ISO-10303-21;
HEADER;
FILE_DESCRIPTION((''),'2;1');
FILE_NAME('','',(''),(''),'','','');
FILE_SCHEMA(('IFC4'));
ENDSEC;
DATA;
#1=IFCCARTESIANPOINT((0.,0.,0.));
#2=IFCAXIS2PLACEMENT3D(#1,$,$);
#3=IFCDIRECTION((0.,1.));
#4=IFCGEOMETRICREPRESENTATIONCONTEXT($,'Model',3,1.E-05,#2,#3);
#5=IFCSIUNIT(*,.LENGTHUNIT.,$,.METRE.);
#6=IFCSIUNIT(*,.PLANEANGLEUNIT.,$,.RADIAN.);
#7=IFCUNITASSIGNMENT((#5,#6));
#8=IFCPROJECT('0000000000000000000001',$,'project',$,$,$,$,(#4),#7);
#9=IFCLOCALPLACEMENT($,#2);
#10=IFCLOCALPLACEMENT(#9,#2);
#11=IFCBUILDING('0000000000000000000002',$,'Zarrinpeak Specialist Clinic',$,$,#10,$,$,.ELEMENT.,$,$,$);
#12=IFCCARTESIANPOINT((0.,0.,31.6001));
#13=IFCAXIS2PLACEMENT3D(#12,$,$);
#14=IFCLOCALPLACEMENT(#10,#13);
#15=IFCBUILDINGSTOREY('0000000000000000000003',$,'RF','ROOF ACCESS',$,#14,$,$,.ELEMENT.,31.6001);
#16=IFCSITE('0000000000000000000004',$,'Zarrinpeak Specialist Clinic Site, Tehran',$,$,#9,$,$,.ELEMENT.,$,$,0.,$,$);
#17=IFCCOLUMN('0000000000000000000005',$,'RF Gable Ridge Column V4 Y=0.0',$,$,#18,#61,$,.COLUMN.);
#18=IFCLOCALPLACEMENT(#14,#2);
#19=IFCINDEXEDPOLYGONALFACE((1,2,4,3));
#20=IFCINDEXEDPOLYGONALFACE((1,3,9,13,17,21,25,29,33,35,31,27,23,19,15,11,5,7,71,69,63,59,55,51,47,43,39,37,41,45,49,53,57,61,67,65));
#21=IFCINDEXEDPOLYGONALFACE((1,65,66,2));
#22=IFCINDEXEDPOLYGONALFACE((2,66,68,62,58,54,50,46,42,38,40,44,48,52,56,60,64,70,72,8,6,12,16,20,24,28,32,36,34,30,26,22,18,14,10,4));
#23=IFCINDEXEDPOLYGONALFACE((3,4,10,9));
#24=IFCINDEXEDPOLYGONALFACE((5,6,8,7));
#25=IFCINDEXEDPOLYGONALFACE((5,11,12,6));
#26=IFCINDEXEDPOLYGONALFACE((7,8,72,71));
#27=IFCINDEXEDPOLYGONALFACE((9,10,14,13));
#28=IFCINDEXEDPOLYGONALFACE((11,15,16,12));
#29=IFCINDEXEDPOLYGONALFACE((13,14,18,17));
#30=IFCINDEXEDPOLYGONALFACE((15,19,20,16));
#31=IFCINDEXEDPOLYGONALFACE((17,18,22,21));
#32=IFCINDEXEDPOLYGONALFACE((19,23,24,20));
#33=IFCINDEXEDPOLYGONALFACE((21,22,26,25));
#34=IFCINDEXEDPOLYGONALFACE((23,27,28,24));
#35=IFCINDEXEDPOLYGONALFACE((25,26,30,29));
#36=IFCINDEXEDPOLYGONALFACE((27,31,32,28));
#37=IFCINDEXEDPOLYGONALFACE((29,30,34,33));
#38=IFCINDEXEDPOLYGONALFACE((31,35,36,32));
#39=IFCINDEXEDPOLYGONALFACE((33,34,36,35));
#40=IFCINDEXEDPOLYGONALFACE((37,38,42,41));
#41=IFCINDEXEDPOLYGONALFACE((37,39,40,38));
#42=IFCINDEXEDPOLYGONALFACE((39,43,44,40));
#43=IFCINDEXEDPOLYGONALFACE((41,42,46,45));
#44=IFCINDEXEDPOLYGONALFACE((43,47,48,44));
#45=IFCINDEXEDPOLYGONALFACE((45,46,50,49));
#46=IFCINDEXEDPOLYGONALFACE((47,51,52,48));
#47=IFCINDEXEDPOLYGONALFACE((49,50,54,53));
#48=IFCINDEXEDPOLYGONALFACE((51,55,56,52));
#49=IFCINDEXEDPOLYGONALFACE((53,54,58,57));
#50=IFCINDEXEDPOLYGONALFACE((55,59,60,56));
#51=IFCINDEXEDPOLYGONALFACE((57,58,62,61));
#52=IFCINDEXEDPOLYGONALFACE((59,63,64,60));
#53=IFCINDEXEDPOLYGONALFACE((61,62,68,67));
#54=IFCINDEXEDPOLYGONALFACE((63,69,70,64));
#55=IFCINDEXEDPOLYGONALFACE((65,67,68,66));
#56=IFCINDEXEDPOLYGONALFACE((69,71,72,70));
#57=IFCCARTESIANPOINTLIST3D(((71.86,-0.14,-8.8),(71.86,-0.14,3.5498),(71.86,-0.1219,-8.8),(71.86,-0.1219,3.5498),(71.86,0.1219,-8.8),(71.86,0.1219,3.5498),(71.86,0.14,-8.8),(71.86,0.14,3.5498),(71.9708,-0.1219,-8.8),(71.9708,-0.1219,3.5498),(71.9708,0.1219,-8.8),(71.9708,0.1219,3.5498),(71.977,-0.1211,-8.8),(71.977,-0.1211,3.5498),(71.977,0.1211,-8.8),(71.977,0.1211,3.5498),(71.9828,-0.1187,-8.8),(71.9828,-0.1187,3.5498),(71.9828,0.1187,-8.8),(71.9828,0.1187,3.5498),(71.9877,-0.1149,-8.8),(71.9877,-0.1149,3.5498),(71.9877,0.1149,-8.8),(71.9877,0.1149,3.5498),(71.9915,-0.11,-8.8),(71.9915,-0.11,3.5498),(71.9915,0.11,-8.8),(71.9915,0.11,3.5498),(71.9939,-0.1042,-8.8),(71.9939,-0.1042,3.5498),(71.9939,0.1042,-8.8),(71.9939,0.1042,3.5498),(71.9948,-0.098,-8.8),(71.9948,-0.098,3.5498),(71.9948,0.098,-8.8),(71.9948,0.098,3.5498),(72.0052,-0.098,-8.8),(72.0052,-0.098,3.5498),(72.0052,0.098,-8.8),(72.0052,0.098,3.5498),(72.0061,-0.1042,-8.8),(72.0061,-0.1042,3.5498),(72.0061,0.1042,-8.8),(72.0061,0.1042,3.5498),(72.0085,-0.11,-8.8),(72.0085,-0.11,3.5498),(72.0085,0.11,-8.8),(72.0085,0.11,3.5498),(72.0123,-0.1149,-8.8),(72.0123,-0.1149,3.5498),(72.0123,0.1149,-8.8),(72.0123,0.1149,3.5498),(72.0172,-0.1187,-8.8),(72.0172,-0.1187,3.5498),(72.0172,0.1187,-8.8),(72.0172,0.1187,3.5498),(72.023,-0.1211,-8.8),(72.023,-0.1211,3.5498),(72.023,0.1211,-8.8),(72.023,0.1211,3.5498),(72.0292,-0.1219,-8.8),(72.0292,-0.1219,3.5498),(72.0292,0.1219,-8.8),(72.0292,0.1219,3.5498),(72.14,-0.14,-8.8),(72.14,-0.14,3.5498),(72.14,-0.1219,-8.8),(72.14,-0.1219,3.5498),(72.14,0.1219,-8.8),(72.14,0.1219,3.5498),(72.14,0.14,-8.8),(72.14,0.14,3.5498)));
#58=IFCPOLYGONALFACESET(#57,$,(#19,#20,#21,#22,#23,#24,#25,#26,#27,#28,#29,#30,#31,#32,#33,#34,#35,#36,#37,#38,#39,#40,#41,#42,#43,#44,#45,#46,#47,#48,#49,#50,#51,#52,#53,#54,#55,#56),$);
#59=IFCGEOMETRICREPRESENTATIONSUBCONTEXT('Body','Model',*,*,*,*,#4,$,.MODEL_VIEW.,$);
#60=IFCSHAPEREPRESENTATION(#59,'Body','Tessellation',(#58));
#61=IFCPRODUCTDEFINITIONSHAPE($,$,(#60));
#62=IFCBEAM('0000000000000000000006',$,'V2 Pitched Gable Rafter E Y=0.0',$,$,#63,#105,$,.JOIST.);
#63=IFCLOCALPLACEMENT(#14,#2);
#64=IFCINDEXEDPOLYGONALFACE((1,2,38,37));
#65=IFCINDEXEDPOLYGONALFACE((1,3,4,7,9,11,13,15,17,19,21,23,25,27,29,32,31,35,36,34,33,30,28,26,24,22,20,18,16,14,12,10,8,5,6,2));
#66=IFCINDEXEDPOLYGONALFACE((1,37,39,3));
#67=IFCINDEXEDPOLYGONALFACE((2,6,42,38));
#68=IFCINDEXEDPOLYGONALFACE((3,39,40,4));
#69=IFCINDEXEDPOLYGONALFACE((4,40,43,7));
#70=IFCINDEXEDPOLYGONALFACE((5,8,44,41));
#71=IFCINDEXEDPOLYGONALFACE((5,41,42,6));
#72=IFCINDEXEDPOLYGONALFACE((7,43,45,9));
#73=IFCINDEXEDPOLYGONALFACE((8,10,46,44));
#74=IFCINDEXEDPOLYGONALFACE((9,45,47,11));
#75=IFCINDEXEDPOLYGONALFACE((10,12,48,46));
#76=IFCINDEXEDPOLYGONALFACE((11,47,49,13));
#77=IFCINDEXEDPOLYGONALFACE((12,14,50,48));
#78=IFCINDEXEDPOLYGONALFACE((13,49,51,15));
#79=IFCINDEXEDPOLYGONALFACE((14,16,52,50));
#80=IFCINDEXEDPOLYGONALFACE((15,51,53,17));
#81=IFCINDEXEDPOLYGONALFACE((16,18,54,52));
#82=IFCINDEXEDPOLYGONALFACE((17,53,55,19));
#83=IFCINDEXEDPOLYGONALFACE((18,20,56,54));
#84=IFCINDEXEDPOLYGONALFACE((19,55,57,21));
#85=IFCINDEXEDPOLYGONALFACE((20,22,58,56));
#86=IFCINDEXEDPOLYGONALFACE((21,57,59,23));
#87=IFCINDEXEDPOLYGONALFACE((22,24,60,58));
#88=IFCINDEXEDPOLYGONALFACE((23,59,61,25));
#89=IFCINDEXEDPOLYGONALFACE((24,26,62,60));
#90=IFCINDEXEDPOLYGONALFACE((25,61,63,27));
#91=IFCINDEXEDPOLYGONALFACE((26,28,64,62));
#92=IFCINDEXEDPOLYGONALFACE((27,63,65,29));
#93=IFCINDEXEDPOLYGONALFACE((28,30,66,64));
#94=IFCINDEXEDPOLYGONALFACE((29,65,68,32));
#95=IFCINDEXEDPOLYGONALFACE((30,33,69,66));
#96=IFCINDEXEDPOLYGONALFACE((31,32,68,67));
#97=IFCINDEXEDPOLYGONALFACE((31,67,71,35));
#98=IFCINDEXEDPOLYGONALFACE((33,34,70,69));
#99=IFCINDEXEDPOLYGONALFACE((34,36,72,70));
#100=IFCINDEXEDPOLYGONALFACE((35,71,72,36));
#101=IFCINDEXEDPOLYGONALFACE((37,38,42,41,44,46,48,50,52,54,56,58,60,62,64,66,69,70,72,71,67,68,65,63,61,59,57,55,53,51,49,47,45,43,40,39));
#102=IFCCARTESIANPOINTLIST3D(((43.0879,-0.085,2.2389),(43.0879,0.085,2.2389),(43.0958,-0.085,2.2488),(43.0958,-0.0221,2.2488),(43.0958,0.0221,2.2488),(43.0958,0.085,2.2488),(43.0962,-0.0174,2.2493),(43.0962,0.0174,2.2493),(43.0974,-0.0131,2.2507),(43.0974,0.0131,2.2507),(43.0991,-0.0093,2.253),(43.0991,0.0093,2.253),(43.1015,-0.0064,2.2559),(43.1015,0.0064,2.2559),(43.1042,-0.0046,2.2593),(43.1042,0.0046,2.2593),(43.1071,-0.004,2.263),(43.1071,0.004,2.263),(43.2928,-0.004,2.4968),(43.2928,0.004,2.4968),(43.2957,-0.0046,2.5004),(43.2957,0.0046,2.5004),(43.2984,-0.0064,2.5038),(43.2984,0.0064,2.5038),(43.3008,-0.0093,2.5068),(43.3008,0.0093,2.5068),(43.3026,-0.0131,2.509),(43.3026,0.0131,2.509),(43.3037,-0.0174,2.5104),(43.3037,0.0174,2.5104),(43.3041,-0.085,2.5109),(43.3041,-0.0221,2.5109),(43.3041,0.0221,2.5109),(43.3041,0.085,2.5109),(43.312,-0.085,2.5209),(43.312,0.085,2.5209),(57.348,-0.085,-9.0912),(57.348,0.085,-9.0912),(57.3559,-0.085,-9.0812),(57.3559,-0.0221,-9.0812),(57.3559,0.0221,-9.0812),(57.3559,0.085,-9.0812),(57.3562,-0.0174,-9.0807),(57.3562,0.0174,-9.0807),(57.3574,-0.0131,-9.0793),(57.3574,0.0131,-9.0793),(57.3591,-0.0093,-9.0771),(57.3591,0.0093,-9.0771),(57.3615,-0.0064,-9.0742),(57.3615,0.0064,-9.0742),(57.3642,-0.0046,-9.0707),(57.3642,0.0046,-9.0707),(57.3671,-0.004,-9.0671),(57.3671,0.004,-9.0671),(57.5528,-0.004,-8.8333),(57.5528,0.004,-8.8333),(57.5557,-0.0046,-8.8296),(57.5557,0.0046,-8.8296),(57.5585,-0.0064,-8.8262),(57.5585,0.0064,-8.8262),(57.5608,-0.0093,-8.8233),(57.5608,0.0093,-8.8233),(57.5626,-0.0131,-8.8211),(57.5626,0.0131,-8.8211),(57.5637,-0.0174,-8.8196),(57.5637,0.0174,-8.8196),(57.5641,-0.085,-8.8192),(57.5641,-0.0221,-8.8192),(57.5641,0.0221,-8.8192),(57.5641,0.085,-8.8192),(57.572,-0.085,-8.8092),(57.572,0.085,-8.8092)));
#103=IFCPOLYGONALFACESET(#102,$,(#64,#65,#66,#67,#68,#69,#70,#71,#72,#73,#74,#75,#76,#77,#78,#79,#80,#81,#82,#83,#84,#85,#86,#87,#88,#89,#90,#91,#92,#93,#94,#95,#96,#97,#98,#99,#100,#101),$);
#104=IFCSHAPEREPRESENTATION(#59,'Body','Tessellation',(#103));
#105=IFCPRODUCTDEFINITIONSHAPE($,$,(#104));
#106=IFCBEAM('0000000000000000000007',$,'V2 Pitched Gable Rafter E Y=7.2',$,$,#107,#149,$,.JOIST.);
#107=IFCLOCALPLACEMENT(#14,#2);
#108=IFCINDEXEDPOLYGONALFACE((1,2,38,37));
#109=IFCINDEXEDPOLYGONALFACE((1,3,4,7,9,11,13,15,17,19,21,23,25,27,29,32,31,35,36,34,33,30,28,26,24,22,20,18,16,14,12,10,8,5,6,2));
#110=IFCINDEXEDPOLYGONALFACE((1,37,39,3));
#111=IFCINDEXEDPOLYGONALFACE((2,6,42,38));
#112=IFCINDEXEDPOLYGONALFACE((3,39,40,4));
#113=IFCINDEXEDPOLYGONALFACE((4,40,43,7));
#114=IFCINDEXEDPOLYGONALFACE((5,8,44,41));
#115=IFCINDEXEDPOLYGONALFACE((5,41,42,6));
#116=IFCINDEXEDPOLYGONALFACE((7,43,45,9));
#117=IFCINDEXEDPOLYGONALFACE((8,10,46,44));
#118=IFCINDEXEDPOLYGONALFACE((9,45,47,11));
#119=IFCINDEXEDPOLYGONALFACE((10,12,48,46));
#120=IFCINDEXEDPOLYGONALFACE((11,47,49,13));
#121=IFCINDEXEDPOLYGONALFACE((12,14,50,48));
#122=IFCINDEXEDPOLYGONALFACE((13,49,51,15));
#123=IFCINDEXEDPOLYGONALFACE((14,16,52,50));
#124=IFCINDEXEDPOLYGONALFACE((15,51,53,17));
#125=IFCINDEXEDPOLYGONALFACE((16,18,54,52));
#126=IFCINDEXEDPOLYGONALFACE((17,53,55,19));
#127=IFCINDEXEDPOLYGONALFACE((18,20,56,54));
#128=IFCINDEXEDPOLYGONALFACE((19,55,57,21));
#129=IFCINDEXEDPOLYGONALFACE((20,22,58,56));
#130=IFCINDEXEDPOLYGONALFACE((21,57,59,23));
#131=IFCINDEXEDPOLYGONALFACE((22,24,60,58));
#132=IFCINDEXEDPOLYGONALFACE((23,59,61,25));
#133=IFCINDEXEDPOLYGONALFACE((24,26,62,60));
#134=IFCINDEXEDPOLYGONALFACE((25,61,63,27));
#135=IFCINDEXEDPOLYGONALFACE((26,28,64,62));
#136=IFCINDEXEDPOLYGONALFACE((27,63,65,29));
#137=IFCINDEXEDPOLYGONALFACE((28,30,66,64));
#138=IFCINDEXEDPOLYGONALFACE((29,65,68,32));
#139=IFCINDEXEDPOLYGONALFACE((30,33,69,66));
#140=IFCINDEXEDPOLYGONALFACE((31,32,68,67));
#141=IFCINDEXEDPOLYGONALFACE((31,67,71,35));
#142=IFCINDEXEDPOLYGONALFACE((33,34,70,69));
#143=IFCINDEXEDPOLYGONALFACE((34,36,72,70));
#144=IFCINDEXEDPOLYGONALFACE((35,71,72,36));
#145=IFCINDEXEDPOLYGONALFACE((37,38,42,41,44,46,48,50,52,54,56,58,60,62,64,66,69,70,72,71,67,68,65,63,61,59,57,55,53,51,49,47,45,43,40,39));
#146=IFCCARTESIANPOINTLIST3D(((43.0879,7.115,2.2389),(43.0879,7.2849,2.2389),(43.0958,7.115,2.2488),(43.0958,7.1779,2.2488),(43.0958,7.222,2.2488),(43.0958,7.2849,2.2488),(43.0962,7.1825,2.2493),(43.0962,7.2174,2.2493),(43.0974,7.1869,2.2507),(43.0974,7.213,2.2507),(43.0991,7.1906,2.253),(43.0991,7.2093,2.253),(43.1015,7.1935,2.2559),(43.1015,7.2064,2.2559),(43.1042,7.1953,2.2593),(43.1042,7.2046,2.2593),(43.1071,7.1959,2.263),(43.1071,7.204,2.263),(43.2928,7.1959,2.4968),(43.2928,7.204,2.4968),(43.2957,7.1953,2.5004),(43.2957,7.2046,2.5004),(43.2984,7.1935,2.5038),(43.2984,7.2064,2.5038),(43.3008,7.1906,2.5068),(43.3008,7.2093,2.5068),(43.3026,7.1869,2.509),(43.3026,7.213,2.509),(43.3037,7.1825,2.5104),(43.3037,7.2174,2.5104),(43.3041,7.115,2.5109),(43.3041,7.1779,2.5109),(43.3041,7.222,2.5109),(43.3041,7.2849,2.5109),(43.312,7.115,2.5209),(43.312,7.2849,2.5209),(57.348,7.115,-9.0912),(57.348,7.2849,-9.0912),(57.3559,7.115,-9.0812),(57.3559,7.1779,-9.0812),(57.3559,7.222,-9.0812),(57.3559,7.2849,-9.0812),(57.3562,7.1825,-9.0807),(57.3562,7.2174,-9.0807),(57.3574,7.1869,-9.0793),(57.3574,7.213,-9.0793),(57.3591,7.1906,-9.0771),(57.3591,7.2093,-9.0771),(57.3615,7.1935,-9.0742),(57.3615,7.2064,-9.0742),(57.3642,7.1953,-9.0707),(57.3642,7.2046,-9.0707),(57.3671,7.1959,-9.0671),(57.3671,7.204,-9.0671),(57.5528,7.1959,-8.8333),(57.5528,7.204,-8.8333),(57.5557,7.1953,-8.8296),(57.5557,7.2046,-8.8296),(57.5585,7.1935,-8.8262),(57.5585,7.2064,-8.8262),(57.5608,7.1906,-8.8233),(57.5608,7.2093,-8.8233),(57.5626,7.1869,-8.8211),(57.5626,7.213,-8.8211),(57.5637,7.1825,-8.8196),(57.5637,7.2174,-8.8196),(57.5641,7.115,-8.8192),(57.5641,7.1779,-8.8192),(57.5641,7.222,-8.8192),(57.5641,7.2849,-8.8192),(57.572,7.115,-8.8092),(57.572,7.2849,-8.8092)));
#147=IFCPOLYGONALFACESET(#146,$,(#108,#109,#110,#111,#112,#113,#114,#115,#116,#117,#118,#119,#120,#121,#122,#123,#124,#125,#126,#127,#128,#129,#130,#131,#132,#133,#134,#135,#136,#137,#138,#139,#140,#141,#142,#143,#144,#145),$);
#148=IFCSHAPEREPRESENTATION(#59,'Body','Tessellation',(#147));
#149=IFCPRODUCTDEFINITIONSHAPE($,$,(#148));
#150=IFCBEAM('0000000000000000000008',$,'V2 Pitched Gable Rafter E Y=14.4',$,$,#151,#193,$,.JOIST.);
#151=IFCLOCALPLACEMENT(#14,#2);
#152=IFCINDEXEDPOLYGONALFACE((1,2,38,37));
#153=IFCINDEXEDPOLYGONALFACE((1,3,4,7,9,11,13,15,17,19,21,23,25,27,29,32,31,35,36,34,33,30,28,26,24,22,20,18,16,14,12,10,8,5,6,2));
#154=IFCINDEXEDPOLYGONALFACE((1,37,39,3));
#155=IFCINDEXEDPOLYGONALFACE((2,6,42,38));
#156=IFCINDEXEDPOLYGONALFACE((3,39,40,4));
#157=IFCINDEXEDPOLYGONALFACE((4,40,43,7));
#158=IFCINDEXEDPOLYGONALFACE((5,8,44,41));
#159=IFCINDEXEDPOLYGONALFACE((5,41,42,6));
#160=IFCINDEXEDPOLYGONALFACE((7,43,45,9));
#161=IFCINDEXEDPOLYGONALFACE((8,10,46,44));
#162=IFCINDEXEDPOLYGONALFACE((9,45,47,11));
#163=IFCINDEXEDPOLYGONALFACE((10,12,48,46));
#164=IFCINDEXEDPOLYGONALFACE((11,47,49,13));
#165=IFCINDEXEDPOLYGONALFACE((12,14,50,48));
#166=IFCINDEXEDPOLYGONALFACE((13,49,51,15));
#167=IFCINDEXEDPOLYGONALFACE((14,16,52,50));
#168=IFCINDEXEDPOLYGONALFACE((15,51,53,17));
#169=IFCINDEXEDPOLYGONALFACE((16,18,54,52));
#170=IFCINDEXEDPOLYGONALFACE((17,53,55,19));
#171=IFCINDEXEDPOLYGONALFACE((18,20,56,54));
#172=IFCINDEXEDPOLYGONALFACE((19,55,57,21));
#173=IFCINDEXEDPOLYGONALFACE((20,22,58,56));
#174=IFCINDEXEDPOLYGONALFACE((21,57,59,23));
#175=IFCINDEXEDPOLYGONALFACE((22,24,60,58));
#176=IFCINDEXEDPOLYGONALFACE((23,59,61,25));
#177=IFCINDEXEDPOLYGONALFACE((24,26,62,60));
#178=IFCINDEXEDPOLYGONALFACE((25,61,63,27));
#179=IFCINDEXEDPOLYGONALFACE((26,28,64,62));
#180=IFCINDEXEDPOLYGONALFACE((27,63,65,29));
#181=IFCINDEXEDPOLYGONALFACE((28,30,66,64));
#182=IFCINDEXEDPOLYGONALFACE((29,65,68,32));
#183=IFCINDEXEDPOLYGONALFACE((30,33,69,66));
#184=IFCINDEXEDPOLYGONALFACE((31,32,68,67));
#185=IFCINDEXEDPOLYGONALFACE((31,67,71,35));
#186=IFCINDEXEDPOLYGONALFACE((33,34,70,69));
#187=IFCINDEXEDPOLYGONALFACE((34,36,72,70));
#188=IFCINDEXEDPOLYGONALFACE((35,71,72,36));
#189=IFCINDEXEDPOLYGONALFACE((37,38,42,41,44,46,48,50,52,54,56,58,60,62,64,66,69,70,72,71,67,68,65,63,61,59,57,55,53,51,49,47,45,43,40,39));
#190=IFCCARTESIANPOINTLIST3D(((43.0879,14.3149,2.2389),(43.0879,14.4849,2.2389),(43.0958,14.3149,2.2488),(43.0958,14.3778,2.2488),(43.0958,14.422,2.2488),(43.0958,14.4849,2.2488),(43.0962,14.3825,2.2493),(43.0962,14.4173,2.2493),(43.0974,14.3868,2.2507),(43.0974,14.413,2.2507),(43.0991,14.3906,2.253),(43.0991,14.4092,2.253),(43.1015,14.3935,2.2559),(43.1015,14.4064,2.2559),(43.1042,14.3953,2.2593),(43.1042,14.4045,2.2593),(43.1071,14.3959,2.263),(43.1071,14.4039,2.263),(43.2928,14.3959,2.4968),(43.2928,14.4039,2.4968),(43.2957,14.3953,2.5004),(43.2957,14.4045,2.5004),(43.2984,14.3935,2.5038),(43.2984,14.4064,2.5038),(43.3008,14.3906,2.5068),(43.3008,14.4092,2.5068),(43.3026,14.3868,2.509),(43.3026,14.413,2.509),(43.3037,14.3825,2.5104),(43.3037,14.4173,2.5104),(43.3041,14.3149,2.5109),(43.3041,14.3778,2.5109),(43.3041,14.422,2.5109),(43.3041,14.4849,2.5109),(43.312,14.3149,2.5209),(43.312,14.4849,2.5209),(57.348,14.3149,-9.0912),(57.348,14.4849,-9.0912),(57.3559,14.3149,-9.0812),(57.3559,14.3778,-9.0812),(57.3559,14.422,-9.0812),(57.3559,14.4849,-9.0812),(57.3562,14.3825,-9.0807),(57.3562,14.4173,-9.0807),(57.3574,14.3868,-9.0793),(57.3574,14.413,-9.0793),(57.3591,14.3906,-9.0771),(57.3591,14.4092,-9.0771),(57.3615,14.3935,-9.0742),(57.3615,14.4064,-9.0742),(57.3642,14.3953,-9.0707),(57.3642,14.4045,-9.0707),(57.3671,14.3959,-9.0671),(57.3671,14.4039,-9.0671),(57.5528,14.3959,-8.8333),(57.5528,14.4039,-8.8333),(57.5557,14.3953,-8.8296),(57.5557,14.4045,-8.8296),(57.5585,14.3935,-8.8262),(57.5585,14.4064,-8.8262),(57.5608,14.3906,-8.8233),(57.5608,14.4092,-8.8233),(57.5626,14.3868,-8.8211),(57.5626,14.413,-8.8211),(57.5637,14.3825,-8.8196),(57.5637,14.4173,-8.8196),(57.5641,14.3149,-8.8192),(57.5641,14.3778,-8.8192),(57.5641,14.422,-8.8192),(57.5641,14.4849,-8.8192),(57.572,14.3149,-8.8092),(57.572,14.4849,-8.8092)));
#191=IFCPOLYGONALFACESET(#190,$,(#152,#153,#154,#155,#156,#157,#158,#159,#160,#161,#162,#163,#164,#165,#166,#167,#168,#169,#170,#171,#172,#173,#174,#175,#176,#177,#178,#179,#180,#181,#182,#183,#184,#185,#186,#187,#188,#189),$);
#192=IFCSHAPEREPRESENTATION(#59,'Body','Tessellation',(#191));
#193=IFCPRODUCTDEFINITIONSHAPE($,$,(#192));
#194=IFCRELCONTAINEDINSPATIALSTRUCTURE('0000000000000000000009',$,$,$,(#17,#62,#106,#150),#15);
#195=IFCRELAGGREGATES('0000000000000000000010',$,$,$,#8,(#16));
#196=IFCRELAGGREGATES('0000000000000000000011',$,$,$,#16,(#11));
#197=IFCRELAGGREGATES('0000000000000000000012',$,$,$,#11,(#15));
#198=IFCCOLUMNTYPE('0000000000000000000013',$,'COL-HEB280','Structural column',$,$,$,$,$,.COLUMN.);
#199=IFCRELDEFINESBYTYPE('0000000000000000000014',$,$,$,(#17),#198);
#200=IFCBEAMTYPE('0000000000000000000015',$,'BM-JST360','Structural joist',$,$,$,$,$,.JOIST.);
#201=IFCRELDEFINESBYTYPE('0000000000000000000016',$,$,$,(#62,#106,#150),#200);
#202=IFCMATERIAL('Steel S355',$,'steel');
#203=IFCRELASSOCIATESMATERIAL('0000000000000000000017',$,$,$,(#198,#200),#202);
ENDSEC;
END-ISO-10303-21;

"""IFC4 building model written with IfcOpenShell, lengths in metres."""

from ifc_helpers import new_model, si_unit, direction, frame, origin, origin_2d, place, context, subcontext, project, spatial, i_section, extrude, material, material_profile, profile_set, type_object, element, save


model = new_model("IFC4")

# Units and contexts
model_context = context("Model", 3, precision=1e-05, world=origin(), true_north=direction((0.0, 1.0)))
body_context = subcontext(model_context, "Body", "Model", "MODEL_VIEW")
ifc_project = project(units=[si_unit("LENGTHUNIT", "METRE"), si_unit("PLANEANGLEUNIT", "RADIAN")], contexts=[model_context])

# Site, building, storey
site_placement = place(None, origin())
site = spatial("IfcSite", under=ifc_project, at=site_placement, Name="Zarrinpeak Specialist Clinic Site, Tehran", CompositionType="ELEMENT", RefElevation=0.0)
building_placement = place(site_placement, origin())
building = spatial("IfcBuilding", under=site, at=building_placement, Name="Zarrinpeak Specialist Clinic", CompositionType="ELEMENT")
storey_placement = place(building_placement, frame((0.0, 0.0, 31.6001)))
storey = spatial("IfcBuildingStorey", under=building, at=storey_placement, Name="RF", Description="ROOF ACCESS", CompositionType="ELEMENT", Elevation=31.6001)

# Column
ifc_material_1 = material(Name="Steel S355", Category="steel")
ifc_material_profile_1 = material_profile(ifc_material_1, i_section(OverallWidth=0.28, OverallDepth=0.28, WebThickness=0.0105, FlangeThickness=0.0181, FilletRadius=0.0239, at=origin_2d()), Name="HEB 280")
ifc_profile_set_1 = profile_set([ifc_material_profile_1], Name="Steel S355")
column_type = type_object("IfcColumnType", Name="COL-HEB280", Description="Structural column", PredefinedType="COLUMN", material=ifc_profile_set_1)
column_placement = place(storey_placement, frame((72.0, 0.0, -8.8), z_axis=(0.0, 0.0, 1.0), x_axis=(1.0, 0.0, 0.0)))
element("IfcColumn", 1, at=column_placement, inside=storey, type_object=column_type, Name="RF Gable Ridge Column V4 Y=0.0", PredefinedType="COLUMN", context=body_context, shape_type="SweptSolid", body=[
    extrude(i_section(OverallWidth=0.28, OverallDepth=0.28, WebThickness=0.0105, FlangeThickness=0.0181, FilletRadius=0.0239, at=origin_2d()), origin(), (0.0, 0.0, 1.0), 12.3499),
])

# Beams
ifc_material_profile_2 = material_profile(ifc_material_1, i_section(OverallWidth=0.1699, OverallDepth=0.3601, WebThickness=0.0081, FlangeThickness=0.0127, FilletRadius=0.0181, at=origin_2d()), Name="IPE 360")
ifc_profile_set_2 = profile_set([ifc_material_profile_2], Name="Steel S355")
beam_type = type_object("IfcBeamType", Name="BM-JST360", Description="Structural joist", PredefinedType="JOIST", material=ifc_profile_set_2)
for number, where, z_axis, x_axis, name in (
    (2, (57.46, 0.0, -8.9502), (-0.782952, 0.0, 0.622083), (0.0, -1.0, 0.0), "V2 Pitched Gable Rafter E Y=0.0"),
    (3, (57.46, 7.2, -8.9502), (-0.782952, 0.0, 0.622083), (0.0, -1.0, 0.0), "V2 Pitched Gable Rafter E Y=7.2"),
    (4, (57.46, 14.3999, -8.9502), (-0.782952, 0.0, 0.622083), (0.0, -1.0, 0.0), "V2 Pitched Gable Rafter E Y=14.4"),
):
    element("IfcBeam", number, at=place(storey_placement, frame(where, z_axis=z_axis, x_axis=x_axis)), inside=storey, type_object=beam_type, Name=name, PredefinedType="JOIST", context=body_context, shape_type="SweptSolid", body=[
        extrude(i_section(OverallWidth=0.1699, OverallDepth=0.3601, WebThickness=0.0081, FlangeThickness=0.0127, FilletRadius=0.0181, at=origin_2d()), origin(), (0.0, 0.0, 1.0), 18.2131),
    ])

save(model, "model.ifc")
